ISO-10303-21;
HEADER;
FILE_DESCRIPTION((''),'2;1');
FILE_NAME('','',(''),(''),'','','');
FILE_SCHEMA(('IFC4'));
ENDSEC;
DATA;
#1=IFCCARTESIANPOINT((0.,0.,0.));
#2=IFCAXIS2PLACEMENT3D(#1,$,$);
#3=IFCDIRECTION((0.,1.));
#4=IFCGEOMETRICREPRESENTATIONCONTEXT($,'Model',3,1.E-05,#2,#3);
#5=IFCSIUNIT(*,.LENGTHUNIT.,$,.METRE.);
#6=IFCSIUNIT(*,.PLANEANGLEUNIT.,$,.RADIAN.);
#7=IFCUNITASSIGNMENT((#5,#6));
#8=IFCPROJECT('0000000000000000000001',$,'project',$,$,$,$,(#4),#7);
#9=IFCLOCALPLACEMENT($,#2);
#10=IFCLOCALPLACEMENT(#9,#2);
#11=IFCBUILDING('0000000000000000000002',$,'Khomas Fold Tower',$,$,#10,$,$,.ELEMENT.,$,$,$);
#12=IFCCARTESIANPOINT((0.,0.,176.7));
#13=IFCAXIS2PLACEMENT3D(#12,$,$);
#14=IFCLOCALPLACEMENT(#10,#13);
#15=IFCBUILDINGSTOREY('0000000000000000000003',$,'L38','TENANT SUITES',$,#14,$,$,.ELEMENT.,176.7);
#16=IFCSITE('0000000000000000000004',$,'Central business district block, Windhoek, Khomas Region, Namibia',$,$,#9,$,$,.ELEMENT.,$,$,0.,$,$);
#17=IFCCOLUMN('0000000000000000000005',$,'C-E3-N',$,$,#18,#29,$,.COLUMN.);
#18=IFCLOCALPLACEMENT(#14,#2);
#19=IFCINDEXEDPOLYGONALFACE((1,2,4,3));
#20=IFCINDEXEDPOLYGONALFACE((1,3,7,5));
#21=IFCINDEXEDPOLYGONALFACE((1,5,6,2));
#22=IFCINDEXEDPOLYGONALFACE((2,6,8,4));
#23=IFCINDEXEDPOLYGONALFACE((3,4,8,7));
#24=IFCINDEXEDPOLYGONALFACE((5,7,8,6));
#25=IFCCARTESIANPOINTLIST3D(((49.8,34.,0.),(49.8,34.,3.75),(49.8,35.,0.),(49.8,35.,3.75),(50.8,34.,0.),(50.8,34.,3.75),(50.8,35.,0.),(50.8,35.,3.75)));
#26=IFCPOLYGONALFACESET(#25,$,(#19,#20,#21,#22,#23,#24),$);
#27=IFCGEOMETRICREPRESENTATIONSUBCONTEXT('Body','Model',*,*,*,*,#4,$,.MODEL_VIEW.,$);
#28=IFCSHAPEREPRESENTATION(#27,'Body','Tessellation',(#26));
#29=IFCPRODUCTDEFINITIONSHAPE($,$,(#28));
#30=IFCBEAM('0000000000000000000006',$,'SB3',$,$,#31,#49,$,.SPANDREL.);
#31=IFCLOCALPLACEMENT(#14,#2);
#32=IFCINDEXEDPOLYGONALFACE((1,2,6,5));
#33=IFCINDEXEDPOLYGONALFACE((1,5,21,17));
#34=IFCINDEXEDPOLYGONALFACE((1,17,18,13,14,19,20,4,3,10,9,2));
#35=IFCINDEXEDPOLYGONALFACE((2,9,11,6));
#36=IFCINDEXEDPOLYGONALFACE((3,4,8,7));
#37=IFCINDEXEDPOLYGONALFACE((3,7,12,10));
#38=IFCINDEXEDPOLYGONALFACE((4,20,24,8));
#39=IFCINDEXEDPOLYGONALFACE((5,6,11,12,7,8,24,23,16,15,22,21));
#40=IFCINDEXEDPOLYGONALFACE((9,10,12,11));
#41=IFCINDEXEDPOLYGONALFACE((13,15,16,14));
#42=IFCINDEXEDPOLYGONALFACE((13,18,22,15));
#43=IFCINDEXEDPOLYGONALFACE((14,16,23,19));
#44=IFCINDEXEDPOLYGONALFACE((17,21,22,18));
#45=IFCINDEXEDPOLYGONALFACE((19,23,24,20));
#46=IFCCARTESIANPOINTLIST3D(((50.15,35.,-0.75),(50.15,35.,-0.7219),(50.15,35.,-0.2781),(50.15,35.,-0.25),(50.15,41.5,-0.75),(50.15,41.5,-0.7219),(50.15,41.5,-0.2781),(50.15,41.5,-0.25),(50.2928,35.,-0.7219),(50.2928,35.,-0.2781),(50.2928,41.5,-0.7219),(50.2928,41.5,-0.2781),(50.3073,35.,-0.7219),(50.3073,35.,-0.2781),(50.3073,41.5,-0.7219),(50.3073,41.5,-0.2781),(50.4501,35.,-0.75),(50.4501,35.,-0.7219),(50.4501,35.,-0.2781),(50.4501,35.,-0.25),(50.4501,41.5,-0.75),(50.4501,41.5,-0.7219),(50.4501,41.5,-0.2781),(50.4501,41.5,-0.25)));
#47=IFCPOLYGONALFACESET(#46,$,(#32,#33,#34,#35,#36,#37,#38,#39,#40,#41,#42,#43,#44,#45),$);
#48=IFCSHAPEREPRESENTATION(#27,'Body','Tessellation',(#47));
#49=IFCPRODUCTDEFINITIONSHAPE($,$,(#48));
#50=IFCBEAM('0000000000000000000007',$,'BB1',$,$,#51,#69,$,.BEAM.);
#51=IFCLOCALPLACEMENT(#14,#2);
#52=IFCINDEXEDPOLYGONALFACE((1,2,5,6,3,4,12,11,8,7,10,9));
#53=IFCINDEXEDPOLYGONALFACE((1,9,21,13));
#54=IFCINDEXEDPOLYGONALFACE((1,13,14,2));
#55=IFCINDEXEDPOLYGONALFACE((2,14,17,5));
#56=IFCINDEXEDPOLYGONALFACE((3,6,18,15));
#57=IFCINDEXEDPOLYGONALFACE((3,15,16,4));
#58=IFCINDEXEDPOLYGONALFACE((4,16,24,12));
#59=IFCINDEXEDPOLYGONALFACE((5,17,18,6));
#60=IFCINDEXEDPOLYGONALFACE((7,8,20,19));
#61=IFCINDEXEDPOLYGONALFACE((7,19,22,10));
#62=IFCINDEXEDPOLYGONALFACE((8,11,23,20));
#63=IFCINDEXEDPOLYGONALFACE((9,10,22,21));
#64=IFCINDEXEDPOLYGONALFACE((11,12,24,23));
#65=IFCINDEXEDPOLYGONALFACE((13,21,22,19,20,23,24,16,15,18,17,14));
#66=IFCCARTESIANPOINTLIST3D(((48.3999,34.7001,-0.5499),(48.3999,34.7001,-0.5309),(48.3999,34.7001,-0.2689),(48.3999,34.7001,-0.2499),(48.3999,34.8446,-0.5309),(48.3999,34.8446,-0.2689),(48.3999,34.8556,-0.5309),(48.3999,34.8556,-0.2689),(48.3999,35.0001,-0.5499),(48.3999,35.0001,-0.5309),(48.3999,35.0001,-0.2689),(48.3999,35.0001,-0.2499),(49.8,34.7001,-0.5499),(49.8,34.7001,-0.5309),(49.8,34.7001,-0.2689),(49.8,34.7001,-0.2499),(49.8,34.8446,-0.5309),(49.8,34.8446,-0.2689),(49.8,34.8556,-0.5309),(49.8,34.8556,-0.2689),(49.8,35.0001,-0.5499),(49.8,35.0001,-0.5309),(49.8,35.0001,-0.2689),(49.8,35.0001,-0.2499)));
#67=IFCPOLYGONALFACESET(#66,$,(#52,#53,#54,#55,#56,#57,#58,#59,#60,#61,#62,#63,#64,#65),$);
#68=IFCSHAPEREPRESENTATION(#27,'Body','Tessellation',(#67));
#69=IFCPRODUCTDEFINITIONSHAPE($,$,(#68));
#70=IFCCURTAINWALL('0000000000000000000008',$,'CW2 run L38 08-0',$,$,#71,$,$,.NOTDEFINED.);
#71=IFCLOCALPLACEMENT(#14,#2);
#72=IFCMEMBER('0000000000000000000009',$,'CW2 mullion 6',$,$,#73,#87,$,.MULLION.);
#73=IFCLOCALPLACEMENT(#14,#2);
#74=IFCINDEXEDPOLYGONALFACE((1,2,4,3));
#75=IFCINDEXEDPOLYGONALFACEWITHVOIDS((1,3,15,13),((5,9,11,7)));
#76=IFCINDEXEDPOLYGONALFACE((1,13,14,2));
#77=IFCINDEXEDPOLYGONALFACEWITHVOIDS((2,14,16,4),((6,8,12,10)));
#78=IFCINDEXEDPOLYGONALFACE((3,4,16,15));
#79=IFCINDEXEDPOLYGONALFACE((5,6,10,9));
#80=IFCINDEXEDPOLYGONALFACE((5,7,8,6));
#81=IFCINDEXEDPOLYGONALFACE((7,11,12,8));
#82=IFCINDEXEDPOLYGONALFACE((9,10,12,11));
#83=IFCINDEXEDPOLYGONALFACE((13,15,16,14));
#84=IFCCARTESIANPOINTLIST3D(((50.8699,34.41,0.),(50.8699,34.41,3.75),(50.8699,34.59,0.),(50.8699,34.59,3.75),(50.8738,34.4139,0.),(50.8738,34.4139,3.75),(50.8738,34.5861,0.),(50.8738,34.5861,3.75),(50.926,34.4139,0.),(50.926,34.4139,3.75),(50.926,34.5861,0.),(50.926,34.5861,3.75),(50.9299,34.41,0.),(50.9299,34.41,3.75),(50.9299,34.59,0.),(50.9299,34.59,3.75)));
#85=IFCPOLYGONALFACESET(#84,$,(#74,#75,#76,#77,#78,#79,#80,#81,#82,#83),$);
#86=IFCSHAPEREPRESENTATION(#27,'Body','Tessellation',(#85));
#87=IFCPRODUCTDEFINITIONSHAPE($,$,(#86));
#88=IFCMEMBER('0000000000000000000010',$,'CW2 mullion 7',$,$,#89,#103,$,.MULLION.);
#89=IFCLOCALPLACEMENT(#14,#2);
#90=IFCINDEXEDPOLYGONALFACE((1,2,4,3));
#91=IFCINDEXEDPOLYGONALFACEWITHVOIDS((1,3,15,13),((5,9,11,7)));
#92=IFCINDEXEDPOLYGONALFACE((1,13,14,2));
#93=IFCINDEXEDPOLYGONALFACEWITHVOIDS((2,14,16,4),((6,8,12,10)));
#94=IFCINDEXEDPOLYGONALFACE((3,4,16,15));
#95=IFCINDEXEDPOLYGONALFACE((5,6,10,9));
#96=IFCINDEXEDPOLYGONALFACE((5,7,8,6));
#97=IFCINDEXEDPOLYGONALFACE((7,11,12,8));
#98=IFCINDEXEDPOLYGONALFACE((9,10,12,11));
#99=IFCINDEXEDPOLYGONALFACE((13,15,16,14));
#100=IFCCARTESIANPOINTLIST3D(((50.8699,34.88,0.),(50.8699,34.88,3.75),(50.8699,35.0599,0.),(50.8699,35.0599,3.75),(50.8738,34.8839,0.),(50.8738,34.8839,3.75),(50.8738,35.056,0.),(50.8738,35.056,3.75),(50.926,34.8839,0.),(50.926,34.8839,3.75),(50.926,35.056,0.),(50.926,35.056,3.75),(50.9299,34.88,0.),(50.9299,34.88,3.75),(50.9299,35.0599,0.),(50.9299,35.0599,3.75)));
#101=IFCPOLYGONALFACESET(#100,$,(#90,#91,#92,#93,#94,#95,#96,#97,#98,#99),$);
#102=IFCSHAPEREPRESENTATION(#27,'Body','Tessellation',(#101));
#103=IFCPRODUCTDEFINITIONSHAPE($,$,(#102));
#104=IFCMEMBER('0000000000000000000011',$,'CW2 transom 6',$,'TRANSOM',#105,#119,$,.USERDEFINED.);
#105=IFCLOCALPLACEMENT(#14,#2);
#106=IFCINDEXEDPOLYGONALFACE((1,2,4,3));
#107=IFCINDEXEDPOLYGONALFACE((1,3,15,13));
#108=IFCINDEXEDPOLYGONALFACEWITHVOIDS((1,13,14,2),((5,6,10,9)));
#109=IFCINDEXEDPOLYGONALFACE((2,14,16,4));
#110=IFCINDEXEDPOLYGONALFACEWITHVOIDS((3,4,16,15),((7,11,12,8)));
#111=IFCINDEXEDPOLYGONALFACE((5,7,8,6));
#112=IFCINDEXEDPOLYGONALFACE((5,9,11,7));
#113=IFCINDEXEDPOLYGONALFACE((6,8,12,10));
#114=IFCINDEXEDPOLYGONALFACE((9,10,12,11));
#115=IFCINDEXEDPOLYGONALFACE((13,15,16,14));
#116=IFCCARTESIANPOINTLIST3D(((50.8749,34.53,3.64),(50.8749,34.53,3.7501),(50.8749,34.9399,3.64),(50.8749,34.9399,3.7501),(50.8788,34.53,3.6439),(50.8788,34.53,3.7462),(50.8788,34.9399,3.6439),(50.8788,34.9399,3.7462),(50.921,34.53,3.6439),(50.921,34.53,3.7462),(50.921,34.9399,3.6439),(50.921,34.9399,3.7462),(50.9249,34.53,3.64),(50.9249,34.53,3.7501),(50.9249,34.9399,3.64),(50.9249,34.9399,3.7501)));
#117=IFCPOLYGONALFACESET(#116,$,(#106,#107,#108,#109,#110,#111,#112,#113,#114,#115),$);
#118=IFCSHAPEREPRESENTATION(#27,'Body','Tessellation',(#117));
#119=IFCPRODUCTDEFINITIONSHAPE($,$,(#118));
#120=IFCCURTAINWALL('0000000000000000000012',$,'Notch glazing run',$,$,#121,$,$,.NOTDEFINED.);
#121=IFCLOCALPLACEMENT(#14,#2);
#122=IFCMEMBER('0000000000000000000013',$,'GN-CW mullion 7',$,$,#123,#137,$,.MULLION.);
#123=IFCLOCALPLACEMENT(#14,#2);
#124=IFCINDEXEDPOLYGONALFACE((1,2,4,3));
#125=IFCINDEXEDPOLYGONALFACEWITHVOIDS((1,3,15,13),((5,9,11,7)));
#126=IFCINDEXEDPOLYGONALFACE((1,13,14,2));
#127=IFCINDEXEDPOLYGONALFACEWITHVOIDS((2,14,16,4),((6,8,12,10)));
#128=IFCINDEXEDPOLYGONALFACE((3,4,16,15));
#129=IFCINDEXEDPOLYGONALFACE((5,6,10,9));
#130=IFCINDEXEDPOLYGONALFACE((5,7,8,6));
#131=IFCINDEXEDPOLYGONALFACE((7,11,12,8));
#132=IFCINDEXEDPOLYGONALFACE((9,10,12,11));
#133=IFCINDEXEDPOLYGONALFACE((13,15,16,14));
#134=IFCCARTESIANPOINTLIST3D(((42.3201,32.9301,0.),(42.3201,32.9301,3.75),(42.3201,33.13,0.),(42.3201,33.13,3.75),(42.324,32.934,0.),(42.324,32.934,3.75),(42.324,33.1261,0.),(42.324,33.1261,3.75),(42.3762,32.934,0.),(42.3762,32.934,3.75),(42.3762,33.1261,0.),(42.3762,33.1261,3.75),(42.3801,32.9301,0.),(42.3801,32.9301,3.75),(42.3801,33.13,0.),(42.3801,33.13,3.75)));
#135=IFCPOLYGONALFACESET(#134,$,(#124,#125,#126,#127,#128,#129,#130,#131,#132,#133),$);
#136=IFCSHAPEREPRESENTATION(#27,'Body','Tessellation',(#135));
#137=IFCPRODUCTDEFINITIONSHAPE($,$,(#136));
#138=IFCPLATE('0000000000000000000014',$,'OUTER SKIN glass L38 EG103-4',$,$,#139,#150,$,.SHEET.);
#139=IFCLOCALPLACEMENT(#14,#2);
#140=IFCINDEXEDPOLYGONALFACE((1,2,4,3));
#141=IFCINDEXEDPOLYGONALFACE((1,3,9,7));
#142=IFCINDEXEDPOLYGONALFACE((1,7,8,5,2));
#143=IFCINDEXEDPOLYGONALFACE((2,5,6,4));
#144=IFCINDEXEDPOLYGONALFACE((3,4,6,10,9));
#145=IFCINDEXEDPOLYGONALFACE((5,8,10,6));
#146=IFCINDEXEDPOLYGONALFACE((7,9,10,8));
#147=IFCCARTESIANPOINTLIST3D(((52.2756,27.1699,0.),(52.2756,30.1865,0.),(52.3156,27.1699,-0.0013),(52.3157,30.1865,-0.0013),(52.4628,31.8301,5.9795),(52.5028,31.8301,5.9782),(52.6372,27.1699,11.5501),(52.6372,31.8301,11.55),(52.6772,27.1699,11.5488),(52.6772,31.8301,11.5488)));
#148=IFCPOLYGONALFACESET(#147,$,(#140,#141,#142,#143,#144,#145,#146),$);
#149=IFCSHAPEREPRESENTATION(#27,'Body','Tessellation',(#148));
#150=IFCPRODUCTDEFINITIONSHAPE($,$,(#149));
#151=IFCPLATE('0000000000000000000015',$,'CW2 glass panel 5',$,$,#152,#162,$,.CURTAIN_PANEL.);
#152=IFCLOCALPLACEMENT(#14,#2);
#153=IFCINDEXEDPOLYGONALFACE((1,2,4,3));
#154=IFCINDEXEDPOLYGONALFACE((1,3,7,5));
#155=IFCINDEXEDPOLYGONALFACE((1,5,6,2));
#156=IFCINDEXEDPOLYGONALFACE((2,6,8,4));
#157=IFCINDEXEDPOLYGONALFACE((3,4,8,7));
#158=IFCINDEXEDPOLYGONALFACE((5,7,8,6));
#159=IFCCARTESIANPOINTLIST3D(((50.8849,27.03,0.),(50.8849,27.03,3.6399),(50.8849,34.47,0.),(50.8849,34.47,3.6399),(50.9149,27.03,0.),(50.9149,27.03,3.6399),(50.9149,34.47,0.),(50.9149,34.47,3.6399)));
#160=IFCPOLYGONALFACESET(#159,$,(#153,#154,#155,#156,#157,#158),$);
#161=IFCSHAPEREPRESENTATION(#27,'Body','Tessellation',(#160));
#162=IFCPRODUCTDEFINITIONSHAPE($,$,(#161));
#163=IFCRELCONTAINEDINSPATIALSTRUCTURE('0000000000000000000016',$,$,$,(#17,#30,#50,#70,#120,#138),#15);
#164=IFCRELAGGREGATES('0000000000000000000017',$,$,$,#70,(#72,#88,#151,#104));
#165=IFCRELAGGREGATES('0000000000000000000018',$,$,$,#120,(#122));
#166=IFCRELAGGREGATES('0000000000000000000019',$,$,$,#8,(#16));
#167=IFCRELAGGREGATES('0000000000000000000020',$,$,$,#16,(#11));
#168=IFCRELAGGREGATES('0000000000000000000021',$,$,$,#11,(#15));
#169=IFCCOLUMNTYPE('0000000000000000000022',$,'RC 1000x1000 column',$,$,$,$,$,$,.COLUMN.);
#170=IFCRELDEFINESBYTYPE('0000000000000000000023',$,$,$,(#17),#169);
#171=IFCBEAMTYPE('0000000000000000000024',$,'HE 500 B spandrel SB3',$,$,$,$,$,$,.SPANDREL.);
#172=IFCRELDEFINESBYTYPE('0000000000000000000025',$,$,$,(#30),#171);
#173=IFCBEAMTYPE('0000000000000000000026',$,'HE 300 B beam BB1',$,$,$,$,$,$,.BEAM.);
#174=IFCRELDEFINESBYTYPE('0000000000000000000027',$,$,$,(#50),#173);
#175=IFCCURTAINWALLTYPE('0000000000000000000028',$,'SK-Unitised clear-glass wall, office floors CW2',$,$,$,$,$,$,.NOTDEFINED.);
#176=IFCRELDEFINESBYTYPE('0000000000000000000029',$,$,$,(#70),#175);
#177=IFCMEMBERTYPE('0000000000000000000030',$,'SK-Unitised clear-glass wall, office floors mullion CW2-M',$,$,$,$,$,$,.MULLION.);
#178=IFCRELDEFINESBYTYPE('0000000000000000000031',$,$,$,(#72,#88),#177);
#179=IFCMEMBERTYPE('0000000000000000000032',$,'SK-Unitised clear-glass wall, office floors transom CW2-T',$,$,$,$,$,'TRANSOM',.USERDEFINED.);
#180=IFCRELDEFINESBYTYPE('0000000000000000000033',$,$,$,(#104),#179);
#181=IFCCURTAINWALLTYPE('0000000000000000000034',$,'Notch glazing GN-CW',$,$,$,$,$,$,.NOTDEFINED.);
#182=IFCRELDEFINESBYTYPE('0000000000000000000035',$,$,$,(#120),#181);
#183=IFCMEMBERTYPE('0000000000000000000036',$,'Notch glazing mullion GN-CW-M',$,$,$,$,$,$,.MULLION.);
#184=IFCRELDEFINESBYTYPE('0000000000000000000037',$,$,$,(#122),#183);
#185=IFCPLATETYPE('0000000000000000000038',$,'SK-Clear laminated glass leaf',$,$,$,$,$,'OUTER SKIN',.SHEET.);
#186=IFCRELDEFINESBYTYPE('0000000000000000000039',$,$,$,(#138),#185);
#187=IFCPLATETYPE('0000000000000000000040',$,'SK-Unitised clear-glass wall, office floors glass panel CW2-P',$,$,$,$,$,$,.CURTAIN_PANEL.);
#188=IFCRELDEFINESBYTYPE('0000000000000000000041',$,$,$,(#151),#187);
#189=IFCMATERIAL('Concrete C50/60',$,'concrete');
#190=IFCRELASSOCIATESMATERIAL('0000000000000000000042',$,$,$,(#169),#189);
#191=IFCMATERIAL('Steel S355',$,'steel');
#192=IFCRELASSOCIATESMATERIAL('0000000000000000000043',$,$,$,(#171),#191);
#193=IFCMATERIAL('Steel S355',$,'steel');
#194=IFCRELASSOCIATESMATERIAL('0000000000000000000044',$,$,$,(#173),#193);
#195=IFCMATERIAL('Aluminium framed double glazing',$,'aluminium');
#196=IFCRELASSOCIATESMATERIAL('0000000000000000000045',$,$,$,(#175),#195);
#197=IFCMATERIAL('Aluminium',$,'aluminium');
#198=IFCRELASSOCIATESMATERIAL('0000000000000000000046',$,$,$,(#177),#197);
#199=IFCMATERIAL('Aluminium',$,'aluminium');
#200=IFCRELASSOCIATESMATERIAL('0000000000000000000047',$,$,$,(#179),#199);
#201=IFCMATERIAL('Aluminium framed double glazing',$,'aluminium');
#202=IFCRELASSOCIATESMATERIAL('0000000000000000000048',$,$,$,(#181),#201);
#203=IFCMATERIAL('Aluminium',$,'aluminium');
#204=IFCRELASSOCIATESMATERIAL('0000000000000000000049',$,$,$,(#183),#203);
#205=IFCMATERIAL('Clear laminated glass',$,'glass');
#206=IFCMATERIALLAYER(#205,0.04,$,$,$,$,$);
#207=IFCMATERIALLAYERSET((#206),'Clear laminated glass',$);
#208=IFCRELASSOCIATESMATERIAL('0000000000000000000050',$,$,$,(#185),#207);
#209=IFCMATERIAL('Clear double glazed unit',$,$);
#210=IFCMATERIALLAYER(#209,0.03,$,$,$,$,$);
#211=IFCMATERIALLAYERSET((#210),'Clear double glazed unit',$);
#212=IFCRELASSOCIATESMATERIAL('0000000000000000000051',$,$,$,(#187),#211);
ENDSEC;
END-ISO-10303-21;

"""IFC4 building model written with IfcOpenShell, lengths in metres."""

from ifc_helpers import new_model, si_unit, direction, frame, origin, origin_2d, place, context, subcontext, project, spatial, polyline, rectangle, hollow_rectangle, i_section, outline, extrude, source, transform, mapped, material, layer, layer_set, material_profile, profile_set, type_object, element, aggregate, save


model = new_model("IFC4")

# Units and contexts
model_context = context("Model", 3, precision=1e-05, world=origin(), true_north=direction((0.0, 1.0)))
body_context = subcontext(model_context, "Body", "Model", "MODEL_VIEW")
ifc_project = project(units=[si_unit("LENGTHUNIT", "METRE"), si_unit("PLANEANGLEUNIT", "RADIAN")], contexts=[model_context])

# Site, building, storey
site_placement = place(None, origin())
site = spatial("IfcSite", under=ifc_project, at=site_placement, Name="Central business district block, Windhoek, Khomas Region, Namibia", CompositionType="ELEMENT", RefElevation=0.0)
building_placement = place(site_placement, origin())
building = spatial("IfcBuilding", under=site, at=building_placement, Name="Khomas Fold Tower", CompositionType="ELEMENT")
storey_placement = place(building_placement, frame((0.0, 0.0, 176.7)))
storey = spatial("IfcBuildingStorey", under=building, at=storey_placement, Name="L38", Description="TENANT SUITES", CompositionType="ELEMENT", Elevation=176.7)

# Column
ifc_material_1 = material(Name="Concrete C50/60", Category="concrete")
ifc_material_profile_1 = material_profile(ifc_material_1, rectangle(XDim=1.0, YDim=1.0, at=origin_2d()), Name="RC 1000x1000")
ifc_profile_set_1 = profile_set([ifc_material_profile_1], Name="Concrete C50/60")
column_type = type_object("IfcColumnType", Name="RC 1000x1000 column", PredefinedType="COLUMN", material=ifc_profile_set_1)
shared_shape_1 = source(origin(), body_context, "Body", "SweptSolid", [
    extrude(rectangle(XDim=1.0, YDim=1.0, at=origin_2d()), origin(), (0.0, 0.0, 1.0), 3.75),
])
column_placement = place(storey_placement, frame((50.3, 34.5, 0.0), z_axis=(0.0, 0.0, 1.0), x_axis=(1.0, 0.0, 0.0)))
element("IfcColumn", 1, at=column_placement, inside=storey, type_object=column_type, Name="C-E3-N", PredefinedType="COLUMN", context=body_context, shape_type="MappedRepresentation", body=[
    mapped(shared_shape_1, transform((0.0, 0.0, 0.0))),
])

# Beams
ifc_material_2 = material(Name="Steel S355", Category="steel")
ifc_material_profile_2 = material_profile(ifc_material_2, i_section(OverallWidth=0.3, OverallDepth=0.5, WebThickness=0.0144, FlangeThickness=0.0281, at=origin_2d()), Name="HE 500 B")
ifc_profile_set_2 = profile_set([ifc_material_profile_2], Name="Steel S355")
beam_type_1 = type_object("IfcBeamType", Name="HE 500 B spandrel SB3", PredefinedType="SPANDREL", material=ifc_profile_set_2)
shared_shape_2 = source(origin(), body_context, "Body", "SweptSolid", [
    extrude(i_section(OverallWidth=0.3, OverallDepth=0.5, WebThickness=0.0144, FlangeThickness=0.0281, at=origin_2d()), origin(), (0.0, 0.0, 1.0), 6.5),
])
beam_1_placement = place(storey_placement, frame((50.3, 35.0, -0.5), z_axis=(0.0, 1.0, 0.0), x_axis=(-1.0, 0.0, 0.0)))
element("IfcBeam", 2, at=beam_1_placement, inside=storey, type_object=beam_type_1, Name="SB3", PredefinedType="SPANDREL", context=body_context, shape_type="MappedRepresentation", body=[
    mapped(shared_shape_2, transform((0.0, 0.0, 0.0))),
])
ifc_material_3 = material(Name="Steel S355", Category="steel")
ifc_material_profile_3 = material_profile(ifc_material_3, i_section(OverallWidth=0.3, OverallDepth=0.3, WebThickness=0.011, FlangeThickness=0.019, at=origin_2d()), Name="HE 300 B")
ifc_profile_set_3 = profile_set([ifc_material_profile_3], Name="Steel S355")
beam_type_2 = type_object("IfcBeamType", Name="HE 300 B beam BB1", PredefinedType="BEAM", material=ifc_profile_set_3)
shared_shape_3 = source(origin(), body_context, "Body", "SweptSolid", [
    extrude(i_section(OverallWidth=0.3, OverallDepth=0.3, WebThickness=0.011, FlangeThickness=0.019, at=origin_2d()), origin(), (0.0, 0.0, 1.0), 1.4001),
])
beam_2_placement = place(storey_placement, frame((48.3999, 34.8501, -0.3999), z_axis=(1.0, 0.0, 0.0), x_axis=(0.0, 1.0, 0.0)))
element("IfcBeam", 3, at=beam_2_placement, inside=storey, type_object=beam_type_2, Name="BB1", PredefinedType="BEAM", context=body_context, shape_type="MappedRepresentation", body=[
    mapped(shared_shape_3, transform((0.0, 0.0, 0.0))),
])

# Curtain wall, members
ifc_material_4 = material(Name="Aluminium framed double glazing", Category="aluminium")
curtain_wall_type_1 = type_object("IfcCurtainWallType", Name="SK-Unitised clear-glass wall, office floors CW2", PredefinedType="NOTDEFINED", material=ifc_material_4)
curtain_wall_1_placement = place(storey_placement, origin())
curtain_wall_1 = element("IfcCurtainWall", 4, at=curtain_wall_1_placement, inside=storey, type_object=curtain_wall_type_1, Name="CW2 run L38 08-0", PredefinedType="NOTDEFINED")
ifc_material_5 = material(Name="Aluminium", Category="aluminium")
ifc_material_profile_4 = material_profile(ifc_material_5, hollow_rectangle(XDim=0.0601, YDim=0.1799, WallThickness=0.0039, at=origin_2d()), Name="SK-Unitised clear-glass wall, office floors mullion CW2-M")
ifc_profile_set_4 = profile_set([ifc_material_profile_4], Name="Aluminium")
member_type_1 = type_object("IfcMemberType", Name="SK-Unitised clear-glass wall, office floors mullion CW2-M", PredefinedType="MULLION", material=ifc_profile_set_4)
shared_shape_4 = source(origin(), body_context, "Body", "SweptSolid", [
    extrude(hollow_rectangle(XDim=0.0601, YDim=0.1799, WallThickness=0.0039, at=origin_2d()), origin(), (0.0, 0.0, 1.0), 3.75),
])
member_1_placement = place(storey_placement, frame((50.8999, 34.5, 0.0), z_axis=(0.0, 0.0, 1.0), x_axis=(-1.0, 0.0, 0.0)))
member_1 = element("IfcMember", 5, at=member_1_placement, type_object=member_type_1, Name="CW2 mullion 6", PredefinedType="MULLION", context=body_context, shape_type="MappedRepresentation", body=[
    mapped(shared_shape_4, transform((0.0, 0.0, 0.0))),
])
member_2_placement = place(storey_placement, frame((50.8999, 34.97, 0.0), z_axis=(0.0, 0.0, 1.0), x_axis=(-1.0, 0.0, 0.0)))
member_2 = element("IfcMember", 6, at=member_2_placement, type_object=member_type_1, Name="CW2 mullion 7", PredefinedType="MULLION", context=body_context, shape_type="MappedRepresentation", body=[
    mapped(shared_shape_4, transform((0.0, 0.0, 0.0))),
])
ifc_material_6 = material(Name="Aluminium", Category="aluminium")
ifc_material_profile_5 = material_profile(ifc_material_6, hollow_rectangle(XDim=0.05, YDim=0.1101, WallThickness=0.0039, at=origin_2d()), Name="SK-Unitised clear-glass wall, office floors transom CW2-T")
ifc_profile_set_5 = profile_set([ifc_material_profile_5], Name="Aluminium")
member_type_2 = type_object("IfcMemberType", Name="SK-Unitised clear-glass wall, office floors transom CW2-T", ElementType="TRANSOM", PredefinedType="USERDEFINED", material=ifc_profile_set_5)
shared_shape_5 = source(origin(), body_context, "Body", "SweptSolid", [
    extrude(hollow_rectangle(XDim=0.05, YDim=0.1101, WallThickness=0.0039, at=origin_2d()), origin(), (0.0, 0.0, 1.0), 0.4099),
])
member_3_placement = place(storey_placement, frame((50.8999, 34.53, 3.6951), z_axis=(0.0, 1.0, 0.0), x_axis=(-1.0, 0.0, 0.0)))
member_3 = element("IfcMember", 7, at=member_3_placement, type_object=member_type_2, Name="CW2 transom 6", ObjectType="TRANSOM", PredefinedType="USERDEFINED", context=body_context, shape_type="MappedRepresentation", body=[
    mapped(shared_shape_5, transform((0.0, 0.0, 0.0))),
])

# Curtain wall, member
ifc_material_7 = material(Name="Aluminium framed double glazing", Category="aluminium")
curtain_wall_type_2 = type_object("IfcCurtainWallType", Name="Notch glazing GN-CW", PredefinedType="NOTDEFINED", material=ifc_material_7)
curtain_wall_2_placement = place(storey_placement, origin())
curtain_wall_2 = element("IfcCurtainWall", 8, at=curtain_wall_2_placement, inside=storey, type_object=curtain_wall_type_2, Name="Notch glazing run", PredefinedType="NOTDEFINED")
ifc_material_8 = material(Name="Aluminium", Category="aluminium")
ifc_material_profile_6 = material_profile(ifc_material_8, hollow_rectangle(XDim=0.0601, YDim=0.2, WallThickness=0.0039, at=origin_2d()), Name="Notch glazing mullion GN-CW-M")
ifc_profile_set_6 = profile_set([ifc_material_profile_6], Name="Aluminium")
member_type_3 = type_object("IfcMemberType", Name="Notch glazing mullion GN-CW-M", PredefinedType="MULLION", material=ifc_profile_set_6)
shared_shape_6 = source(origin(), body_context, "Body", "SweptSolid", [
    extrude(hollow_rectangle(XDim=0.0601, YDim=0.2, WallThickness=0.0039, at=origin_2d()), origin(), (0.0, 0.0, 1.0), 3.75),
])
member_4_placement = place(storey_placement, frame((42.3501, 33.03, 0.0), z_axis=(0.0, 0.0, 1.0), x_axis=(1.0, 0.0, 0.0)))
member_4 = element("IfcMember", 9, at=member_4_placement, type_object=member_type_3, Name="GN-CW mullion 7", PredefinedType="MULLION", context=body_context, shape_type="MappedRepresentation", body=[
    mapped(shared_shape_6, transform((0.0, 0.0, 0.0))),
])

# Plates
ifc_material_9 = material(Name="Clear laminated glass", Category="glass")
ifc_layer_1 = layer(ifc_material_9, 0.04)
ifc_layer_set_1 = layer_set([ifc_layer_1], Name="Clear laminated glass")
plate_type_1 = type_object("IfcPlateType", Name="SK-Clear laminated glass leaf", ElementType="OUTER SKIN", PredefinedType="SHEET", material=ifc_layer_set_1)
plate_1_placement = place(storey_placement, frame((52.2756, 30.1865, 0.0), z_axis=(-0.99951, 0.000008, 0.031288), x_axis=(-0.000008, -1.0, 0.0)))
element("IfcPlate", 10, at=plate_1_placement, inside=storey, type_object=plate_type_1, Name="OUTER SKIN glass L38 EG103-4", PredefinedType="SHEET", context=body_context, shape_type="SweptSolid", body=[
    extrude(outline(polyline([(0.0, 0.0), (3.0166, 0.0), (3.0166, 11.5557), (-1.6436, 11.5557), (-1.6436, 5.9824), (0.0, 0.0)])), origin(), (0.0, 0.0, -1.0), 0.04),
])
ifc_material_10 = material(Name="Clear double glazed unit")
ifc_layer_2 = layer(ifc_material_10, 0.03)
ifc_layer_set_2 = layer_set([ifc_layer_2], Name="Clear double glazed unit")
plate_type_2 = type_object("IfcPlateType", Name="SK-Unitised clear-glass wall, office floors glass panel CW2-P", PredefinedType="CURTAIN_PANEL", material=ifc_layer_set_2)
shared_shape_7 = source(origin(), body_context, "Body", "SweptSolid", [
    extrude(rectangle(XDim=7.4399, YDim=0.03, at=origin_2d()), origin(), (0.0, 0.0, 1.0), 3.6399),
])
plate_2_placement = place(storey_placement, frame((50.8999, 30.75, 0.0), z_axis=(0.0, 0.0, 1.0), x_axis=(0.0, 1.0, 0.0)))
plate_2 = element("IfcPlate", 11, at=plate_2_placement, type_object=plate_type_2, Name="CW2 glass panel 5", PredefinedType="CURTAIN_PANEL", context=body_context, shape_type="MappedRepresentation", body=[
    mapped(shared_shape_7, transform((0.0, 0.0, 0.0))),
])
aggregate(curtain_wall_1, [member_1, member_2, plate_2, member_3])
aggregate(curtain_wall_2, [member_4])

save(model, "model.ifc")
